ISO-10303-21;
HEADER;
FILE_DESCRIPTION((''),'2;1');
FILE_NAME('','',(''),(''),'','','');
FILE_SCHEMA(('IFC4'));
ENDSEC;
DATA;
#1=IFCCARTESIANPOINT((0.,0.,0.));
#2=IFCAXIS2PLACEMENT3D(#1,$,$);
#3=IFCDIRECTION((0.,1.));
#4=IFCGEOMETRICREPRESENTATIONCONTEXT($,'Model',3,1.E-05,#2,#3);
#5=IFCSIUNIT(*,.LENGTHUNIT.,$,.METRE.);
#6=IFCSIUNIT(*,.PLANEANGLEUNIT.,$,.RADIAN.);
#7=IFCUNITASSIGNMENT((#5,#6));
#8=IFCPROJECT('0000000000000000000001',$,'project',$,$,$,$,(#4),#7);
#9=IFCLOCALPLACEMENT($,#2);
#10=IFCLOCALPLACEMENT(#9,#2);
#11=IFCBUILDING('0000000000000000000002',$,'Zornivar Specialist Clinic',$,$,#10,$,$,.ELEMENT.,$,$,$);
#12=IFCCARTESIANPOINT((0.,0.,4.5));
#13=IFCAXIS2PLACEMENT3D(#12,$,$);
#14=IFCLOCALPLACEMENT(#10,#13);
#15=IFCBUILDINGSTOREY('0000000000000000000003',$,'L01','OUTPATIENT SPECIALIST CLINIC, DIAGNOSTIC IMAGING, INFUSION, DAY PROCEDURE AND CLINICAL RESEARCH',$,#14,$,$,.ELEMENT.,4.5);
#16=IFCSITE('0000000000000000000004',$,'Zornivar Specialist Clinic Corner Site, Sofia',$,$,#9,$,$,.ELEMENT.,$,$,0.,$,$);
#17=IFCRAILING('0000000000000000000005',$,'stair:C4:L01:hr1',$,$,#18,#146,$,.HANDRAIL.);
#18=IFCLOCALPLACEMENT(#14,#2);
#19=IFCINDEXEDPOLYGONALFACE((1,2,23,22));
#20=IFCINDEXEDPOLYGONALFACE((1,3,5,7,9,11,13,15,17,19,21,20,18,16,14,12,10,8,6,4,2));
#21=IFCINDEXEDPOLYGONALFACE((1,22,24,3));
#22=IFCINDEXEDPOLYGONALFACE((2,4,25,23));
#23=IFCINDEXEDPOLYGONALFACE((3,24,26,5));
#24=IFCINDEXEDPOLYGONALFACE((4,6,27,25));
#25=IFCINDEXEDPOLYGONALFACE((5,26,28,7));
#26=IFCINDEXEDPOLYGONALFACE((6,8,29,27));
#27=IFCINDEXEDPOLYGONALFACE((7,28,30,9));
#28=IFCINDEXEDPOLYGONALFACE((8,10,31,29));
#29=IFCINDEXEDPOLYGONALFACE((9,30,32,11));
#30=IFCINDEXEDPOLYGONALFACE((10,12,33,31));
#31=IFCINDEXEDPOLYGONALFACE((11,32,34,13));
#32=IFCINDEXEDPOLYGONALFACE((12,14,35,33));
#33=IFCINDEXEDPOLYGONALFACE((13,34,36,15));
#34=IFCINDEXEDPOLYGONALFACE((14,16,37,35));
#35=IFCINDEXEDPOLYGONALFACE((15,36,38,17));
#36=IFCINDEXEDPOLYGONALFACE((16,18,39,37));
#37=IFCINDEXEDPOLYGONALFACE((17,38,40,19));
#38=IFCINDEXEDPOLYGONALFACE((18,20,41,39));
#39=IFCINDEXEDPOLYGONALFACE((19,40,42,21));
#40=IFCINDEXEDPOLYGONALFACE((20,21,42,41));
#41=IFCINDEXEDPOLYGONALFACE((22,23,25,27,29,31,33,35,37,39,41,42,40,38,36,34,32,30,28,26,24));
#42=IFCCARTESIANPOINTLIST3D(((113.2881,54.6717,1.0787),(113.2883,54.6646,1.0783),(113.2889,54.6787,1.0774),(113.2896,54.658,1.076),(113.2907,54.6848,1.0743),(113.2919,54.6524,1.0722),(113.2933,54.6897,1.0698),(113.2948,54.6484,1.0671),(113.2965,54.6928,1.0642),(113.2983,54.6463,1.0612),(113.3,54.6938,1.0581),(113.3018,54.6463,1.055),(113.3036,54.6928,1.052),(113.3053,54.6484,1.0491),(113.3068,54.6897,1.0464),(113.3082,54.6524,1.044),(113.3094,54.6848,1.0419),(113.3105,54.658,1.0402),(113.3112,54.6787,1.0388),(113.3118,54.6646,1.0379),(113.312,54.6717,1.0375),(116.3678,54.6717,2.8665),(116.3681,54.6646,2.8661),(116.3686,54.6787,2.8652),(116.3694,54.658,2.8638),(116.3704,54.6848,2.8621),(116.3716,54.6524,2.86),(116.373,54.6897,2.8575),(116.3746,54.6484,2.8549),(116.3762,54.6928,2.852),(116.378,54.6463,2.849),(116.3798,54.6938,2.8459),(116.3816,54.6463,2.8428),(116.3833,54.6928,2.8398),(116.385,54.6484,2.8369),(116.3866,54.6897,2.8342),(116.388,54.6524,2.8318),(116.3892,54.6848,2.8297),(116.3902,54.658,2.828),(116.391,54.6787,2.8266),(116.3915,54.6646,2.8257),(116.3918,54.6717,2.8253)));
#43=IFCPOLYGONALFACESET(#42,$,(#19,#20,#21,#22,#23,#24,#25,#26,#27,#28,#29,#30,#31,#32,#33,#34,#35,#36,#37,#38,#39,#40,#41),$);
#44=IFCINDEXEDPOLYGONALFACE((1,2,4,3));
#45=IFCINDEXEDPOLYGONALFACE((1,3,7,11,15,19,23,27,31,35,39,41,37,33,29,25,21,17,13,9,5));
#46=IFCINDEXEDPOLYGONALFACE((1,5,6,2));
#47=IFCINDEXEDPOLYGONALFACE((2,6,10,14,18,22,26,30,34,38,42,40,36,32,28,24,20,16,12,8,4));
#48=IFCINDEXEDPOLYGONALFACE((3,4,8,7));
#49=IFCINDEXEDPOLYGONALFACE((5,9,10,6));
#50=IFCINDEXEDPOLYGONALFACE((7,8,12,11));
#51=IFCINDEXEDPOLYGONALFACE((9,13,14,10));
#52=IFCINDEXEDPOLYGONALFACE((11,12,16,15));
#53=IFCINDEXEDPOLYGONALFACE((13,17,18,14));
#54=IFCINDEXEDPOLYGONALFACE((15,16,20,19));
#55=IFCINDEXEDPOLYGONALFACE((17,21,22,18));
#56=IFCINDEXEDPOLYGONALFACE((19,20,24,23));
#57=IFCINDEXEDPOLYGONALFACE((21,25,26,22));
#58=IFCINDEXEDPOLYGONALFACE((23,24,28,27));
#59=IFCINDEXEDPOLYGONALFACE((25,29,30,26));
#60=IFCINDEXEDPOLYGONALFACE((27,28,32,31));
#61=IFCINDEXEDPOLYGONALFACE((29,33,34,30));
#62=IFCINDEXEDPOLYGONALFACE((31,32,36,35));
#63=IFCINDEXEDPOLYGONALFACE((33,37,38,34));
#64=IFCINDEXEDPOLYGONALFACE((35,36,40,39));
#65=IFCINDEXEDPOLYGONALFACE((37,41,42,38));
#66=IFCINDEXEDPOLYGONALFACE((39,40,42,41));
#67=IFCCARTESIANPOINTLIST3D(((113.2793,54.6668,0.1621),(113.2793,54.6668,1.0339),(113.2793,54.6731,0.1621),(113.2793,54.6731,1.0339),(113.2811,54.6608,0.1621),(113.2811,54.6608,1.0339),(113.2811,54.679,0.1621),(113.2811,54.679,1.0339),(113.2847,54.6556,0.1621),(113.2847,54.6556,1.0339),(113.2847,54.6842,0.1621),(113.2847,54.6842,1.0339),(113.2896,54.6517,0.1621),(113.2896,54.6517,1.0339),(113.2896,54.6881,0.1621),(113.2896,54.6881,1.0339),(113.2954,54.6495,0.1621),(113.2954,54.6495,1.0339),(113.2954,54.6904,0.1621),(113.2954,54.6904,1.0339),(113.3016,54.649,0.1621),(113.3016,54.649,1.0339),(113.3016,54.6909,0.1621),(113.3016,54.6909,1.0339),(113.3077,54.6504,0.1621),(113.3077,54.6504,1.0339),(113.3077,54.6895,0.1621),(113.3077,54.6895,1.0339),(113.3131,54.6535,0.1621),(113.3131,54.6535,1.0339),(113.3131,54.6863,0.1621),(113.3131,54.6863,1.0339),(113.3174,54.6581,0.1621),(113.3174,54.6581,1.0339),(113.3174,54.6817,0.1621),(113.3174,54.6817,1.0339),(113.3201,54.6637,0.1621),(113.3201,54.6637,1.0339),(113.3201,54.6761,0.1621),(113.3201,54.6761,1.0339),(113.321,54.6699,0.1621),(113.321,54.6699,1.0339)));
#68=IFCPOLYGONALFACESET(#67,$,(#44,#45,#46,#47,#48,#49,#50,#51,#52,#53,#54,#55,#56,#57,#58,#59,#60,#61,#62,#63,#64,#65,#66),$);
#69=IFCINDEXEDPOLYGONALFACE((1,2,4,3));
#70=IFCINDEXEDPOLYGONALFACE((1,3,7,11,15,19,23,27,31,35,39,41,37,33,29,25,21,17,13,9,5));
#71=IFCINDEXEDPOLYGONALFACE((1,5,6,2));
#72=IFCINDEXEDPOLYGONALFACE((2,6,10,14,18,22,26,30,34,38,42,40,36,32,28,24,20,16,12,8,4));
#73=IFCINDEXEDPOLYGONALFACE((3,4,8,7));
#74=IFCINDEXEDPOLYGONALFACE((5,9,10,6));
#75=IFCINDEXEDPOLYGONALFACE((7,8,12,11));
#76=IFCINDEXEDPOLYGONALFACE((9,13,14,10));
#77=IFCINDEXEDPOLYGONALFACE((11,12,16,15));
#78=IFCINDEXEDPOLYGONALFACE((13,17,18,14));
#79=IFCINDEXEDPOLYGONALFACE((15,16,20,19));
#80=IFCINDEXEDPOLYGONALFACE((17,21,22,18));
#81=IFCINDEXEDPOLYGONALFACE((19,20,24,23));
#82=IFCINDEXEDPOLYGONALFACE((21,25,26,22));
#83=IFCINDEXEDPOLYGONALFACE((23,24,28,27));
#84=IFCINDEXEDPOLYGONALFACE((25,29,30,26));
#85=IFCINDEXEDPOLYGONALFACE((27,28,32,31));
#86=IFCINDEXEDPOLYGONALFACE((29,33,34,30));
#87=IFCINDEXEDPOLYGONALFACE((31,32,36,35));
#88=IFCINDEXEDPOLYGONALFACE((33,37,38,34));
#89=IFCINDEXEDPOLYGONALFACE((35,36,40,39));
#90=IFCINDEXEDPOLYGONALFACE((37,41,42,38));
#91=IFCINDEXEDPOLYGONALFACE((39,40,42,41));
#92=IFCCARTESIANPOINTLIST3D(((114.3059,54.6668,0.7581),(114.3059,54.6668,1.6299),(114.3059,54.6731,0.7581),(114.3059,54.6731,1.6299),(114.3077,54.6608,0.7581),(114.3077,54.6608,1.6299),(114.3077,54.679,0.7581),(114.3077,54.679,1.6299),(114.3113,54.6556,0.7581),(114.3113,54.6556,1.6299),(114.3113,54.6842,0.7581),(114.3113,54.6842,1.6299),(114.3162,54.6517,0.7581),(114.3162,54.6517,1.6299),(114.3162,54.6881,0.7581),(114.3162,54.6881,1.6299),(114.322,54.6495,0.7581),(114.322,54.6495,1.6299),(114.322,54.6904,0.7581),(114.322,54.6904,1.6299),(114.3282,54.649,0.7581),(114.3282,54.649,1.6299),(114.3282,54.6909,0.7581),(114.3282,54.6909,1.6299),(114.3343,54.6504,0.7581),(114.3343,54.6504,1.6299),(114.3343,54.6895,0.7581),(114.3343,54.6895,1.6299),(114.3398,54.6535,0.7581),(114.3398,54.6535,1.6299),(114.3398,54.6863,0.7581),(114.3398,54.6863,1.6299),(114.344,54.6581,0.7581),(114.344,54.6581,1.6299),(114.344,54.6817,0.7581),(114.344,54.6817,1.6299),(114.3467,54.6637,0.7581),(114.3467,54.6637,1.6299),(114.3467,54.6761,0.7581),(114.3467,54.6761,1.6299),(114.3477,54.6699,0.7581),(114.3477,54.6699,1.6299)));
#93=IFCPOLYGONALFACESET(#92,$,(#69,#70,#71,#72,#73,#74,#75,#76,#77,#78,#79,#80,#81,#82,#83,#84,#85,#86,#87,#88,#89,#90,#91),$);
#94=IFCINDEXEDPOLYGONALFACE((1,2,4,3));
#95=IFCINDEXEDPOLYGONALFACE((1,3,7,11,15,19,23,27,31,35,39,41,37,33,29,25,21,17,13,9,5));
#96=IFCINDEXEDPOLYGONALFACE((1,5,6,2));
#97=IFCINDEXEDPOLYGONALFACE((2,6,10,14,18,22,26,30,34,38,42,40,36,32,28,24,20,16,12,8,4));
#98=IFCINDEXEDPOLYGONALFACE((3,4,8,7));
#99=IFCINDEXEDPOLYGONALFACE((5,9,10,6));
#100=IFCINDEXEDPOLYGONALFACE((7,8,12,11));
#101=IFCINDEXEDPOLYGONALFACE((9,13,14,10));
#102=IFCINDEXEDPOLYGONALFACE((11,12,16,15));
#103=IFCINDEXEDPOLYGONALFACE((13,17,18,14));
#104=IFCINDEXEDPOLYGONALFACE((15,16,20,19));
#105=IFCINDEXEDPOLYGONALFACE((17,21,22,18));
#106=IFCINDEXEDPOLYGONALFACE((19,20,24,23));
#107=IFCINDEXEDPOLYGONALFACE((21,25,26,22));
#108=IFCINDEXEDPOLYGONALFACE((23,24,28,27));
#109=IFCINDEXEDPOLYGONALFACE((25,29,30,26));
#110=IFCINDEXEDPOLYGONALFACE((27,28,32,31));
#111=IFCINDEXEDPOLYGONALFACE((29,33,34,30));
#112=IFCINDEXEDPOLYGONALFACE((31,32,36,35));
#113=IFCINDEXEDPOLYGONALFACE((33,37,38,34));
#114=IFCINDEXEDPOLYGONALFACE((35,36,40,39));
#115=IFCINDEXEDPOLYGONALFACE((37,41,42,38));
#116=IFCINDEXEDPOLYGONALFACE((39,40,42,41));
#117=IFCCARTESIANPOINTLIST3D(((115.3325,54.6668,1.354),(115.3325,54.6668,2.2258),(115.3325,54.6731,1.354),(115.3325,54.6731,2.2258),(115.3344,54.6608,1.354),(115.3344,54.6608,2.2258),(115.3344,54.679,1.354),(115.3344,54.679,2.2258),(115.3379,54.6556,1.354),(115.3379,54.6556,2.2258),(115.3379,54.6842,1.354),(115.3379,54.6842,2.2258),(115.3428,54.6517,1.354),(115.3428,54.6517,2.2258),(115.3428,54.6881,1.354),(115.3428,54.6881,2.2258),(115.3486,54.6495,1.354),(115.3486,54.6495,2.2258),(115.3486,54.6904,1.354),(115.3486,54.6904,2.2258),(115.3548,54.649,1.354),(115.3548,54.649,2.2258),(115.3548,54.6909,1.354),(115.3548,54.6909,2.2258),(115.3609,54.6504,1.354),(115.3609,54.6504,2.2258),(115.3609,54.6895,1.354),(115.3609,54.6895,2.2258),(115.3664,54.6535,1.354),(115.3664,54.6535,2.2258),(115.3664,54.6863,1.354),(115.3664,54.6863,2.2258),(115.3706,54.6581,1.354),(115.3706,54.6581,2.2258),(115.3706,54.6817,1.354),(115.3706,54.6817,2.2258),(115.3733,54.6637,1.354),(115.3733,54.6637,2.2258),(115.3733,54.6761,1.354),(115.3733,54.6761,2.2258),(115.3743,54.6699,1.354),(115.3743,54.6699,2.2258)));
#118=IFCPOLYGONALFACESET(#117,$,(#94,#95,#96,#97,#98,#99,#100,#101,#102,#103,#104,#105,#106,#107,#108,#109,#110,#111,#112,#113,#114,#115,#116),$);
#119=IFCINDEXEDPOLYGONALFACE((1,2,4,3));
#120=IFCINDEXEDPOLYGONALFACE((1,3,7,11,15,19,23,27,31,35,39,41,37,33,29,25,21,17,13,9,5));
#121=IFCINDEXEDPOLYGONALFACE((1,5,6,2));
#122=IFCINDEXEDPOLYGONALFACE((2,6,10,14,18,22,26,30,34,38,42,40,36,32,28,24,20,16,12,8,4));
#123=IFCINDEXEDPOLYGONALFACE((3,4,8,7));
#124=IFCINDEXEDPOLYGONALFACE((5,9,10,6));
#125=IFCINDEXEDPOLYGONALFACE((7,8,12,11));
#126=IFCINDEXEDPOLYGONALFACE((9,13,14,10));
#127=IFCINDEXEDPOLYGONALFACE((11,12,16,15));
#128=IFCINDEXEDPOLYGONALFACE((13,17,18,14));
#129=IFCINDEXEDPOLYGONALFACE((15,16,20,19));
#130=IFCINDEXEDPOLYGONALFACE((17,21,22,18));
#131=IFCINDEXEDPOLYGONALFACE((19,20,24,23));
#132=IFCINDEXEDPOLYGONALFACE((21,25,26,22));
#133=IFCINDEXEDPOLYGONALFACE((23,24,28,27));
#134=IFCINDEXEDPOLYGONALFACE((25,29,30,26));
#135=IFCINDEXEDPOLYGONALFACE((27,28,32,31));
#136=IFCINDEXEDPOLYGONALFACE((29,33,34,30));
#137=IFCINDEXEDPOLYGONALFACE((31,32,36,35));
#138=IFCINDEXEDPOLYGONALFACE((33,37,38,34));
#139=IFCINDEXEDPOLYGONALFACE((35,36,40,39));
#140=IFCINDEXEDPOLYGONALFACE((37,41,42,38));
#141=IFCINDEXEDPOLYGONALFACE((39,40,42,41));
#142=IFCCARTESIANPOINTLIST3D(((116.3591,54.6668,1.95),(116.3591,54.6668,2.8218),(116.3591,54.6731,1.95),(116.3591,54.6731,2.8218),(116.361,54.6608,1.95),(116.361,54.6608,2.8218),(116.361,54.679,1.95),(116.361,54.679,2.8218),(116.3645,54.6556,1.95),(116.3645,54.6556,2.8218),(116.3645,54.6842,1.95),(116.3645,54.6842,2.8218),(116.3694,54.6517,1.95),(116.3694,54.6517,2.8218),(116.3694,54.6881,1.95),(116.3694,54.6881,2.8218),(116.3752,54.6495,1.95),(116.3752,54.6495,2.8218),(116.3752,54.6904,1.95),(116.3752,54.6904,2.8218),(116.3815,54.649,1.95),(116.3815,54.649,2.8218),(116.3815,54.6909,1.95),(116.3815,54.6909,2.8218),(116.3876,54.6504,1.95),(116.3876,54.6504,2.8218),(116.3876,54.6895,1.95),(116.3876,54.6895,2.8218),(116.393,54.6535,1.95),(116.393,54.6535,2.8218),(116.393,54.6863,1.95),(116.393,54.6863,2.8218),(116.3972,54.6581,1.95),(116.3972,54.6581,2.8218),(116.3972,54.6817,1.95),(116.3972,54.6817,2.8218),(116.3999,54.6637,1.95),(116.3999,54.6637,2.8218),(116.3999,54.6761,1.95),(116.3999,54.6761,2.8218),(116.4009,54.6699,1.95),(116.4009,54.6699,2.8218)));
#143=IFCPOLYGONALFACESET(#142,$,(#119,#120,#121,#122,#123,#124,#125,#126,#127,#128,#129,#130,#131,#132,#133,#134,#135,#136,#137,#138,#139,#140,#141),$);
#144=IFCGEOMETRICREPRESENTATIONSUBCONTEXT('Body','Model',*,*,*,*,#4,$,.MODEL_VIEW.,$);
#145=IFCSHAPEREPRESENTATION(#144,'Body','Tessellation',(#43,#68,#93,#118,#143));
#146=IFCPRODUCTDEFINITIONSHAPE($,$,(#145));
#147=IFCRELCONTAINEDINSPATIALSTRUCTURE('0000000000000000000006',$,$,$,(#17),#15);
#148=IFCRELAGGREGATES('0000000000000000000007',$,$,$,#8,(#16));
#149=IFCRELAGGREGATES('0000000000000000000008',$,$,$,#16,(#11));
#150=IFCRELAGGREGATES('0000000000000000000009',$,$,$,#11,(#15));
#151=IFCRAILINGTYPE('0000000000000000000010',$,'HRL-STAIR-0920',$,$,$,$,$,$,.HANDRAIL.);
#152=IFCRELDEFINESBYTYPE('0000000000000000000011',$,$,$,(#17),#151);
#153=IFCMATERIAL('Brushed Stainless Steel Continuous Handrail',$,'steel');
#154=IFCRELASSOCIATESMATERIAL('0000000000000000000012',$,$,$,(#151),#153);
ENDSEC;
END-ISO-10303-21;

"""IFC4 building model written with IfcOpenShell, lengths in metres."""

from ifc_helpers import new_model, si_unit, direction, frame, origin, origin_2d, place, context, subcontext, project, spatial, circle, extrude, material, type_object, element, save


model = new_model("IFC4")

# Units and contexts
model_context = context("Model", 3, precision=1e-05, world=origin(), true_north=direction((0.0, 1.0)))
body_context = subcontext(model_context, "Body", "Model", "MODEL_VIEW")
ifc_project = project(units=[si_unit("LENGTHUNIT", "METRE"), si_unit("PLANEANGLEUNIT", "RADIAN")], contexts=[model_context])

# Site, building, storey
site_placement = place(None, origin())
site = spatial("IfcSite", under=ifc_project, at=site_placement, Name="Zornivar Specialist Clinic Corner Site, Sofia", CompositionType="ELEMENT", RefElevation=0.0)
building_placement = place(site_placement, origin())
building = spatial("IfcBuilding", under=site, at=building_placement, Name="Zornivar Specialist Clinic", CompositionType="ELEMENT")
storey_placement = place(building_placement, frame((0.0, 0.0, 4.5)))
storey = spatial("IfcBuildingStorey", under=building, at=storey_placement, Name="L01", Description="OUTPATIENT SPECIALIST CLINIC, DIAGNOSTIC IMAGING, INFUSION, DAY PROCEDURE AND CLINICAL RESEARCH", CompositionType="ELEMENT", Elevation=4.5)

# Railing
ifc_material_1 = material(Name="Brushed Stainless Steel Continuous Handrail", Category="steel")
railing_type_1 = type_object("IfcRailingType", Name="HRL-STAIR-0920", PredefinedType="HANDRAIL", material=ifc_material_1)
railing_1_placement = place(storey_placement, frame((113.3, 54.6699, 0.1621)))
element("IfcRailing", 1, at=railing_1_placement, inside=storey, type_object=railing_type_1, Name="stair:C4:L01:hr1", PredefinedType="HANDRAIL", context=body_context, shape_type="SweptSolid", body=[
    extrude(circle(Radius=0.0239, at=origin_2d()), frame((0.0, 0.0, 0.896), z_axis=(0.864844, 0.0, 0.502041), x_axis=(0.0, 1.0, 0.0)), (0.0, 0.0, 1.0), 3.561),
    extrude(circle(Radius=0.021, at=origin_2d()), origin(), (0.0, 0.0, 1.0), 0.8718),
    extrude(circle(Radius=0.021, at=origin_2d()), frame((1.0266, 0.0, 0.5959)), (0.0, 0.0, 1.0), 0.8718),
    extrude(circle(Radius=0.021, at=origin_2d()), frame((2.0532, 0.0, 1.1919)), (0.0, 0.0, 1.0), 0.8718),
    extrude(circle(Radius=0.021, at=origin_2d()), frame((3.0798, 0.0, 1.7878)), (0.0, 0.0, 1.0), 0.8718),
])

save(model, "model.ifc")
